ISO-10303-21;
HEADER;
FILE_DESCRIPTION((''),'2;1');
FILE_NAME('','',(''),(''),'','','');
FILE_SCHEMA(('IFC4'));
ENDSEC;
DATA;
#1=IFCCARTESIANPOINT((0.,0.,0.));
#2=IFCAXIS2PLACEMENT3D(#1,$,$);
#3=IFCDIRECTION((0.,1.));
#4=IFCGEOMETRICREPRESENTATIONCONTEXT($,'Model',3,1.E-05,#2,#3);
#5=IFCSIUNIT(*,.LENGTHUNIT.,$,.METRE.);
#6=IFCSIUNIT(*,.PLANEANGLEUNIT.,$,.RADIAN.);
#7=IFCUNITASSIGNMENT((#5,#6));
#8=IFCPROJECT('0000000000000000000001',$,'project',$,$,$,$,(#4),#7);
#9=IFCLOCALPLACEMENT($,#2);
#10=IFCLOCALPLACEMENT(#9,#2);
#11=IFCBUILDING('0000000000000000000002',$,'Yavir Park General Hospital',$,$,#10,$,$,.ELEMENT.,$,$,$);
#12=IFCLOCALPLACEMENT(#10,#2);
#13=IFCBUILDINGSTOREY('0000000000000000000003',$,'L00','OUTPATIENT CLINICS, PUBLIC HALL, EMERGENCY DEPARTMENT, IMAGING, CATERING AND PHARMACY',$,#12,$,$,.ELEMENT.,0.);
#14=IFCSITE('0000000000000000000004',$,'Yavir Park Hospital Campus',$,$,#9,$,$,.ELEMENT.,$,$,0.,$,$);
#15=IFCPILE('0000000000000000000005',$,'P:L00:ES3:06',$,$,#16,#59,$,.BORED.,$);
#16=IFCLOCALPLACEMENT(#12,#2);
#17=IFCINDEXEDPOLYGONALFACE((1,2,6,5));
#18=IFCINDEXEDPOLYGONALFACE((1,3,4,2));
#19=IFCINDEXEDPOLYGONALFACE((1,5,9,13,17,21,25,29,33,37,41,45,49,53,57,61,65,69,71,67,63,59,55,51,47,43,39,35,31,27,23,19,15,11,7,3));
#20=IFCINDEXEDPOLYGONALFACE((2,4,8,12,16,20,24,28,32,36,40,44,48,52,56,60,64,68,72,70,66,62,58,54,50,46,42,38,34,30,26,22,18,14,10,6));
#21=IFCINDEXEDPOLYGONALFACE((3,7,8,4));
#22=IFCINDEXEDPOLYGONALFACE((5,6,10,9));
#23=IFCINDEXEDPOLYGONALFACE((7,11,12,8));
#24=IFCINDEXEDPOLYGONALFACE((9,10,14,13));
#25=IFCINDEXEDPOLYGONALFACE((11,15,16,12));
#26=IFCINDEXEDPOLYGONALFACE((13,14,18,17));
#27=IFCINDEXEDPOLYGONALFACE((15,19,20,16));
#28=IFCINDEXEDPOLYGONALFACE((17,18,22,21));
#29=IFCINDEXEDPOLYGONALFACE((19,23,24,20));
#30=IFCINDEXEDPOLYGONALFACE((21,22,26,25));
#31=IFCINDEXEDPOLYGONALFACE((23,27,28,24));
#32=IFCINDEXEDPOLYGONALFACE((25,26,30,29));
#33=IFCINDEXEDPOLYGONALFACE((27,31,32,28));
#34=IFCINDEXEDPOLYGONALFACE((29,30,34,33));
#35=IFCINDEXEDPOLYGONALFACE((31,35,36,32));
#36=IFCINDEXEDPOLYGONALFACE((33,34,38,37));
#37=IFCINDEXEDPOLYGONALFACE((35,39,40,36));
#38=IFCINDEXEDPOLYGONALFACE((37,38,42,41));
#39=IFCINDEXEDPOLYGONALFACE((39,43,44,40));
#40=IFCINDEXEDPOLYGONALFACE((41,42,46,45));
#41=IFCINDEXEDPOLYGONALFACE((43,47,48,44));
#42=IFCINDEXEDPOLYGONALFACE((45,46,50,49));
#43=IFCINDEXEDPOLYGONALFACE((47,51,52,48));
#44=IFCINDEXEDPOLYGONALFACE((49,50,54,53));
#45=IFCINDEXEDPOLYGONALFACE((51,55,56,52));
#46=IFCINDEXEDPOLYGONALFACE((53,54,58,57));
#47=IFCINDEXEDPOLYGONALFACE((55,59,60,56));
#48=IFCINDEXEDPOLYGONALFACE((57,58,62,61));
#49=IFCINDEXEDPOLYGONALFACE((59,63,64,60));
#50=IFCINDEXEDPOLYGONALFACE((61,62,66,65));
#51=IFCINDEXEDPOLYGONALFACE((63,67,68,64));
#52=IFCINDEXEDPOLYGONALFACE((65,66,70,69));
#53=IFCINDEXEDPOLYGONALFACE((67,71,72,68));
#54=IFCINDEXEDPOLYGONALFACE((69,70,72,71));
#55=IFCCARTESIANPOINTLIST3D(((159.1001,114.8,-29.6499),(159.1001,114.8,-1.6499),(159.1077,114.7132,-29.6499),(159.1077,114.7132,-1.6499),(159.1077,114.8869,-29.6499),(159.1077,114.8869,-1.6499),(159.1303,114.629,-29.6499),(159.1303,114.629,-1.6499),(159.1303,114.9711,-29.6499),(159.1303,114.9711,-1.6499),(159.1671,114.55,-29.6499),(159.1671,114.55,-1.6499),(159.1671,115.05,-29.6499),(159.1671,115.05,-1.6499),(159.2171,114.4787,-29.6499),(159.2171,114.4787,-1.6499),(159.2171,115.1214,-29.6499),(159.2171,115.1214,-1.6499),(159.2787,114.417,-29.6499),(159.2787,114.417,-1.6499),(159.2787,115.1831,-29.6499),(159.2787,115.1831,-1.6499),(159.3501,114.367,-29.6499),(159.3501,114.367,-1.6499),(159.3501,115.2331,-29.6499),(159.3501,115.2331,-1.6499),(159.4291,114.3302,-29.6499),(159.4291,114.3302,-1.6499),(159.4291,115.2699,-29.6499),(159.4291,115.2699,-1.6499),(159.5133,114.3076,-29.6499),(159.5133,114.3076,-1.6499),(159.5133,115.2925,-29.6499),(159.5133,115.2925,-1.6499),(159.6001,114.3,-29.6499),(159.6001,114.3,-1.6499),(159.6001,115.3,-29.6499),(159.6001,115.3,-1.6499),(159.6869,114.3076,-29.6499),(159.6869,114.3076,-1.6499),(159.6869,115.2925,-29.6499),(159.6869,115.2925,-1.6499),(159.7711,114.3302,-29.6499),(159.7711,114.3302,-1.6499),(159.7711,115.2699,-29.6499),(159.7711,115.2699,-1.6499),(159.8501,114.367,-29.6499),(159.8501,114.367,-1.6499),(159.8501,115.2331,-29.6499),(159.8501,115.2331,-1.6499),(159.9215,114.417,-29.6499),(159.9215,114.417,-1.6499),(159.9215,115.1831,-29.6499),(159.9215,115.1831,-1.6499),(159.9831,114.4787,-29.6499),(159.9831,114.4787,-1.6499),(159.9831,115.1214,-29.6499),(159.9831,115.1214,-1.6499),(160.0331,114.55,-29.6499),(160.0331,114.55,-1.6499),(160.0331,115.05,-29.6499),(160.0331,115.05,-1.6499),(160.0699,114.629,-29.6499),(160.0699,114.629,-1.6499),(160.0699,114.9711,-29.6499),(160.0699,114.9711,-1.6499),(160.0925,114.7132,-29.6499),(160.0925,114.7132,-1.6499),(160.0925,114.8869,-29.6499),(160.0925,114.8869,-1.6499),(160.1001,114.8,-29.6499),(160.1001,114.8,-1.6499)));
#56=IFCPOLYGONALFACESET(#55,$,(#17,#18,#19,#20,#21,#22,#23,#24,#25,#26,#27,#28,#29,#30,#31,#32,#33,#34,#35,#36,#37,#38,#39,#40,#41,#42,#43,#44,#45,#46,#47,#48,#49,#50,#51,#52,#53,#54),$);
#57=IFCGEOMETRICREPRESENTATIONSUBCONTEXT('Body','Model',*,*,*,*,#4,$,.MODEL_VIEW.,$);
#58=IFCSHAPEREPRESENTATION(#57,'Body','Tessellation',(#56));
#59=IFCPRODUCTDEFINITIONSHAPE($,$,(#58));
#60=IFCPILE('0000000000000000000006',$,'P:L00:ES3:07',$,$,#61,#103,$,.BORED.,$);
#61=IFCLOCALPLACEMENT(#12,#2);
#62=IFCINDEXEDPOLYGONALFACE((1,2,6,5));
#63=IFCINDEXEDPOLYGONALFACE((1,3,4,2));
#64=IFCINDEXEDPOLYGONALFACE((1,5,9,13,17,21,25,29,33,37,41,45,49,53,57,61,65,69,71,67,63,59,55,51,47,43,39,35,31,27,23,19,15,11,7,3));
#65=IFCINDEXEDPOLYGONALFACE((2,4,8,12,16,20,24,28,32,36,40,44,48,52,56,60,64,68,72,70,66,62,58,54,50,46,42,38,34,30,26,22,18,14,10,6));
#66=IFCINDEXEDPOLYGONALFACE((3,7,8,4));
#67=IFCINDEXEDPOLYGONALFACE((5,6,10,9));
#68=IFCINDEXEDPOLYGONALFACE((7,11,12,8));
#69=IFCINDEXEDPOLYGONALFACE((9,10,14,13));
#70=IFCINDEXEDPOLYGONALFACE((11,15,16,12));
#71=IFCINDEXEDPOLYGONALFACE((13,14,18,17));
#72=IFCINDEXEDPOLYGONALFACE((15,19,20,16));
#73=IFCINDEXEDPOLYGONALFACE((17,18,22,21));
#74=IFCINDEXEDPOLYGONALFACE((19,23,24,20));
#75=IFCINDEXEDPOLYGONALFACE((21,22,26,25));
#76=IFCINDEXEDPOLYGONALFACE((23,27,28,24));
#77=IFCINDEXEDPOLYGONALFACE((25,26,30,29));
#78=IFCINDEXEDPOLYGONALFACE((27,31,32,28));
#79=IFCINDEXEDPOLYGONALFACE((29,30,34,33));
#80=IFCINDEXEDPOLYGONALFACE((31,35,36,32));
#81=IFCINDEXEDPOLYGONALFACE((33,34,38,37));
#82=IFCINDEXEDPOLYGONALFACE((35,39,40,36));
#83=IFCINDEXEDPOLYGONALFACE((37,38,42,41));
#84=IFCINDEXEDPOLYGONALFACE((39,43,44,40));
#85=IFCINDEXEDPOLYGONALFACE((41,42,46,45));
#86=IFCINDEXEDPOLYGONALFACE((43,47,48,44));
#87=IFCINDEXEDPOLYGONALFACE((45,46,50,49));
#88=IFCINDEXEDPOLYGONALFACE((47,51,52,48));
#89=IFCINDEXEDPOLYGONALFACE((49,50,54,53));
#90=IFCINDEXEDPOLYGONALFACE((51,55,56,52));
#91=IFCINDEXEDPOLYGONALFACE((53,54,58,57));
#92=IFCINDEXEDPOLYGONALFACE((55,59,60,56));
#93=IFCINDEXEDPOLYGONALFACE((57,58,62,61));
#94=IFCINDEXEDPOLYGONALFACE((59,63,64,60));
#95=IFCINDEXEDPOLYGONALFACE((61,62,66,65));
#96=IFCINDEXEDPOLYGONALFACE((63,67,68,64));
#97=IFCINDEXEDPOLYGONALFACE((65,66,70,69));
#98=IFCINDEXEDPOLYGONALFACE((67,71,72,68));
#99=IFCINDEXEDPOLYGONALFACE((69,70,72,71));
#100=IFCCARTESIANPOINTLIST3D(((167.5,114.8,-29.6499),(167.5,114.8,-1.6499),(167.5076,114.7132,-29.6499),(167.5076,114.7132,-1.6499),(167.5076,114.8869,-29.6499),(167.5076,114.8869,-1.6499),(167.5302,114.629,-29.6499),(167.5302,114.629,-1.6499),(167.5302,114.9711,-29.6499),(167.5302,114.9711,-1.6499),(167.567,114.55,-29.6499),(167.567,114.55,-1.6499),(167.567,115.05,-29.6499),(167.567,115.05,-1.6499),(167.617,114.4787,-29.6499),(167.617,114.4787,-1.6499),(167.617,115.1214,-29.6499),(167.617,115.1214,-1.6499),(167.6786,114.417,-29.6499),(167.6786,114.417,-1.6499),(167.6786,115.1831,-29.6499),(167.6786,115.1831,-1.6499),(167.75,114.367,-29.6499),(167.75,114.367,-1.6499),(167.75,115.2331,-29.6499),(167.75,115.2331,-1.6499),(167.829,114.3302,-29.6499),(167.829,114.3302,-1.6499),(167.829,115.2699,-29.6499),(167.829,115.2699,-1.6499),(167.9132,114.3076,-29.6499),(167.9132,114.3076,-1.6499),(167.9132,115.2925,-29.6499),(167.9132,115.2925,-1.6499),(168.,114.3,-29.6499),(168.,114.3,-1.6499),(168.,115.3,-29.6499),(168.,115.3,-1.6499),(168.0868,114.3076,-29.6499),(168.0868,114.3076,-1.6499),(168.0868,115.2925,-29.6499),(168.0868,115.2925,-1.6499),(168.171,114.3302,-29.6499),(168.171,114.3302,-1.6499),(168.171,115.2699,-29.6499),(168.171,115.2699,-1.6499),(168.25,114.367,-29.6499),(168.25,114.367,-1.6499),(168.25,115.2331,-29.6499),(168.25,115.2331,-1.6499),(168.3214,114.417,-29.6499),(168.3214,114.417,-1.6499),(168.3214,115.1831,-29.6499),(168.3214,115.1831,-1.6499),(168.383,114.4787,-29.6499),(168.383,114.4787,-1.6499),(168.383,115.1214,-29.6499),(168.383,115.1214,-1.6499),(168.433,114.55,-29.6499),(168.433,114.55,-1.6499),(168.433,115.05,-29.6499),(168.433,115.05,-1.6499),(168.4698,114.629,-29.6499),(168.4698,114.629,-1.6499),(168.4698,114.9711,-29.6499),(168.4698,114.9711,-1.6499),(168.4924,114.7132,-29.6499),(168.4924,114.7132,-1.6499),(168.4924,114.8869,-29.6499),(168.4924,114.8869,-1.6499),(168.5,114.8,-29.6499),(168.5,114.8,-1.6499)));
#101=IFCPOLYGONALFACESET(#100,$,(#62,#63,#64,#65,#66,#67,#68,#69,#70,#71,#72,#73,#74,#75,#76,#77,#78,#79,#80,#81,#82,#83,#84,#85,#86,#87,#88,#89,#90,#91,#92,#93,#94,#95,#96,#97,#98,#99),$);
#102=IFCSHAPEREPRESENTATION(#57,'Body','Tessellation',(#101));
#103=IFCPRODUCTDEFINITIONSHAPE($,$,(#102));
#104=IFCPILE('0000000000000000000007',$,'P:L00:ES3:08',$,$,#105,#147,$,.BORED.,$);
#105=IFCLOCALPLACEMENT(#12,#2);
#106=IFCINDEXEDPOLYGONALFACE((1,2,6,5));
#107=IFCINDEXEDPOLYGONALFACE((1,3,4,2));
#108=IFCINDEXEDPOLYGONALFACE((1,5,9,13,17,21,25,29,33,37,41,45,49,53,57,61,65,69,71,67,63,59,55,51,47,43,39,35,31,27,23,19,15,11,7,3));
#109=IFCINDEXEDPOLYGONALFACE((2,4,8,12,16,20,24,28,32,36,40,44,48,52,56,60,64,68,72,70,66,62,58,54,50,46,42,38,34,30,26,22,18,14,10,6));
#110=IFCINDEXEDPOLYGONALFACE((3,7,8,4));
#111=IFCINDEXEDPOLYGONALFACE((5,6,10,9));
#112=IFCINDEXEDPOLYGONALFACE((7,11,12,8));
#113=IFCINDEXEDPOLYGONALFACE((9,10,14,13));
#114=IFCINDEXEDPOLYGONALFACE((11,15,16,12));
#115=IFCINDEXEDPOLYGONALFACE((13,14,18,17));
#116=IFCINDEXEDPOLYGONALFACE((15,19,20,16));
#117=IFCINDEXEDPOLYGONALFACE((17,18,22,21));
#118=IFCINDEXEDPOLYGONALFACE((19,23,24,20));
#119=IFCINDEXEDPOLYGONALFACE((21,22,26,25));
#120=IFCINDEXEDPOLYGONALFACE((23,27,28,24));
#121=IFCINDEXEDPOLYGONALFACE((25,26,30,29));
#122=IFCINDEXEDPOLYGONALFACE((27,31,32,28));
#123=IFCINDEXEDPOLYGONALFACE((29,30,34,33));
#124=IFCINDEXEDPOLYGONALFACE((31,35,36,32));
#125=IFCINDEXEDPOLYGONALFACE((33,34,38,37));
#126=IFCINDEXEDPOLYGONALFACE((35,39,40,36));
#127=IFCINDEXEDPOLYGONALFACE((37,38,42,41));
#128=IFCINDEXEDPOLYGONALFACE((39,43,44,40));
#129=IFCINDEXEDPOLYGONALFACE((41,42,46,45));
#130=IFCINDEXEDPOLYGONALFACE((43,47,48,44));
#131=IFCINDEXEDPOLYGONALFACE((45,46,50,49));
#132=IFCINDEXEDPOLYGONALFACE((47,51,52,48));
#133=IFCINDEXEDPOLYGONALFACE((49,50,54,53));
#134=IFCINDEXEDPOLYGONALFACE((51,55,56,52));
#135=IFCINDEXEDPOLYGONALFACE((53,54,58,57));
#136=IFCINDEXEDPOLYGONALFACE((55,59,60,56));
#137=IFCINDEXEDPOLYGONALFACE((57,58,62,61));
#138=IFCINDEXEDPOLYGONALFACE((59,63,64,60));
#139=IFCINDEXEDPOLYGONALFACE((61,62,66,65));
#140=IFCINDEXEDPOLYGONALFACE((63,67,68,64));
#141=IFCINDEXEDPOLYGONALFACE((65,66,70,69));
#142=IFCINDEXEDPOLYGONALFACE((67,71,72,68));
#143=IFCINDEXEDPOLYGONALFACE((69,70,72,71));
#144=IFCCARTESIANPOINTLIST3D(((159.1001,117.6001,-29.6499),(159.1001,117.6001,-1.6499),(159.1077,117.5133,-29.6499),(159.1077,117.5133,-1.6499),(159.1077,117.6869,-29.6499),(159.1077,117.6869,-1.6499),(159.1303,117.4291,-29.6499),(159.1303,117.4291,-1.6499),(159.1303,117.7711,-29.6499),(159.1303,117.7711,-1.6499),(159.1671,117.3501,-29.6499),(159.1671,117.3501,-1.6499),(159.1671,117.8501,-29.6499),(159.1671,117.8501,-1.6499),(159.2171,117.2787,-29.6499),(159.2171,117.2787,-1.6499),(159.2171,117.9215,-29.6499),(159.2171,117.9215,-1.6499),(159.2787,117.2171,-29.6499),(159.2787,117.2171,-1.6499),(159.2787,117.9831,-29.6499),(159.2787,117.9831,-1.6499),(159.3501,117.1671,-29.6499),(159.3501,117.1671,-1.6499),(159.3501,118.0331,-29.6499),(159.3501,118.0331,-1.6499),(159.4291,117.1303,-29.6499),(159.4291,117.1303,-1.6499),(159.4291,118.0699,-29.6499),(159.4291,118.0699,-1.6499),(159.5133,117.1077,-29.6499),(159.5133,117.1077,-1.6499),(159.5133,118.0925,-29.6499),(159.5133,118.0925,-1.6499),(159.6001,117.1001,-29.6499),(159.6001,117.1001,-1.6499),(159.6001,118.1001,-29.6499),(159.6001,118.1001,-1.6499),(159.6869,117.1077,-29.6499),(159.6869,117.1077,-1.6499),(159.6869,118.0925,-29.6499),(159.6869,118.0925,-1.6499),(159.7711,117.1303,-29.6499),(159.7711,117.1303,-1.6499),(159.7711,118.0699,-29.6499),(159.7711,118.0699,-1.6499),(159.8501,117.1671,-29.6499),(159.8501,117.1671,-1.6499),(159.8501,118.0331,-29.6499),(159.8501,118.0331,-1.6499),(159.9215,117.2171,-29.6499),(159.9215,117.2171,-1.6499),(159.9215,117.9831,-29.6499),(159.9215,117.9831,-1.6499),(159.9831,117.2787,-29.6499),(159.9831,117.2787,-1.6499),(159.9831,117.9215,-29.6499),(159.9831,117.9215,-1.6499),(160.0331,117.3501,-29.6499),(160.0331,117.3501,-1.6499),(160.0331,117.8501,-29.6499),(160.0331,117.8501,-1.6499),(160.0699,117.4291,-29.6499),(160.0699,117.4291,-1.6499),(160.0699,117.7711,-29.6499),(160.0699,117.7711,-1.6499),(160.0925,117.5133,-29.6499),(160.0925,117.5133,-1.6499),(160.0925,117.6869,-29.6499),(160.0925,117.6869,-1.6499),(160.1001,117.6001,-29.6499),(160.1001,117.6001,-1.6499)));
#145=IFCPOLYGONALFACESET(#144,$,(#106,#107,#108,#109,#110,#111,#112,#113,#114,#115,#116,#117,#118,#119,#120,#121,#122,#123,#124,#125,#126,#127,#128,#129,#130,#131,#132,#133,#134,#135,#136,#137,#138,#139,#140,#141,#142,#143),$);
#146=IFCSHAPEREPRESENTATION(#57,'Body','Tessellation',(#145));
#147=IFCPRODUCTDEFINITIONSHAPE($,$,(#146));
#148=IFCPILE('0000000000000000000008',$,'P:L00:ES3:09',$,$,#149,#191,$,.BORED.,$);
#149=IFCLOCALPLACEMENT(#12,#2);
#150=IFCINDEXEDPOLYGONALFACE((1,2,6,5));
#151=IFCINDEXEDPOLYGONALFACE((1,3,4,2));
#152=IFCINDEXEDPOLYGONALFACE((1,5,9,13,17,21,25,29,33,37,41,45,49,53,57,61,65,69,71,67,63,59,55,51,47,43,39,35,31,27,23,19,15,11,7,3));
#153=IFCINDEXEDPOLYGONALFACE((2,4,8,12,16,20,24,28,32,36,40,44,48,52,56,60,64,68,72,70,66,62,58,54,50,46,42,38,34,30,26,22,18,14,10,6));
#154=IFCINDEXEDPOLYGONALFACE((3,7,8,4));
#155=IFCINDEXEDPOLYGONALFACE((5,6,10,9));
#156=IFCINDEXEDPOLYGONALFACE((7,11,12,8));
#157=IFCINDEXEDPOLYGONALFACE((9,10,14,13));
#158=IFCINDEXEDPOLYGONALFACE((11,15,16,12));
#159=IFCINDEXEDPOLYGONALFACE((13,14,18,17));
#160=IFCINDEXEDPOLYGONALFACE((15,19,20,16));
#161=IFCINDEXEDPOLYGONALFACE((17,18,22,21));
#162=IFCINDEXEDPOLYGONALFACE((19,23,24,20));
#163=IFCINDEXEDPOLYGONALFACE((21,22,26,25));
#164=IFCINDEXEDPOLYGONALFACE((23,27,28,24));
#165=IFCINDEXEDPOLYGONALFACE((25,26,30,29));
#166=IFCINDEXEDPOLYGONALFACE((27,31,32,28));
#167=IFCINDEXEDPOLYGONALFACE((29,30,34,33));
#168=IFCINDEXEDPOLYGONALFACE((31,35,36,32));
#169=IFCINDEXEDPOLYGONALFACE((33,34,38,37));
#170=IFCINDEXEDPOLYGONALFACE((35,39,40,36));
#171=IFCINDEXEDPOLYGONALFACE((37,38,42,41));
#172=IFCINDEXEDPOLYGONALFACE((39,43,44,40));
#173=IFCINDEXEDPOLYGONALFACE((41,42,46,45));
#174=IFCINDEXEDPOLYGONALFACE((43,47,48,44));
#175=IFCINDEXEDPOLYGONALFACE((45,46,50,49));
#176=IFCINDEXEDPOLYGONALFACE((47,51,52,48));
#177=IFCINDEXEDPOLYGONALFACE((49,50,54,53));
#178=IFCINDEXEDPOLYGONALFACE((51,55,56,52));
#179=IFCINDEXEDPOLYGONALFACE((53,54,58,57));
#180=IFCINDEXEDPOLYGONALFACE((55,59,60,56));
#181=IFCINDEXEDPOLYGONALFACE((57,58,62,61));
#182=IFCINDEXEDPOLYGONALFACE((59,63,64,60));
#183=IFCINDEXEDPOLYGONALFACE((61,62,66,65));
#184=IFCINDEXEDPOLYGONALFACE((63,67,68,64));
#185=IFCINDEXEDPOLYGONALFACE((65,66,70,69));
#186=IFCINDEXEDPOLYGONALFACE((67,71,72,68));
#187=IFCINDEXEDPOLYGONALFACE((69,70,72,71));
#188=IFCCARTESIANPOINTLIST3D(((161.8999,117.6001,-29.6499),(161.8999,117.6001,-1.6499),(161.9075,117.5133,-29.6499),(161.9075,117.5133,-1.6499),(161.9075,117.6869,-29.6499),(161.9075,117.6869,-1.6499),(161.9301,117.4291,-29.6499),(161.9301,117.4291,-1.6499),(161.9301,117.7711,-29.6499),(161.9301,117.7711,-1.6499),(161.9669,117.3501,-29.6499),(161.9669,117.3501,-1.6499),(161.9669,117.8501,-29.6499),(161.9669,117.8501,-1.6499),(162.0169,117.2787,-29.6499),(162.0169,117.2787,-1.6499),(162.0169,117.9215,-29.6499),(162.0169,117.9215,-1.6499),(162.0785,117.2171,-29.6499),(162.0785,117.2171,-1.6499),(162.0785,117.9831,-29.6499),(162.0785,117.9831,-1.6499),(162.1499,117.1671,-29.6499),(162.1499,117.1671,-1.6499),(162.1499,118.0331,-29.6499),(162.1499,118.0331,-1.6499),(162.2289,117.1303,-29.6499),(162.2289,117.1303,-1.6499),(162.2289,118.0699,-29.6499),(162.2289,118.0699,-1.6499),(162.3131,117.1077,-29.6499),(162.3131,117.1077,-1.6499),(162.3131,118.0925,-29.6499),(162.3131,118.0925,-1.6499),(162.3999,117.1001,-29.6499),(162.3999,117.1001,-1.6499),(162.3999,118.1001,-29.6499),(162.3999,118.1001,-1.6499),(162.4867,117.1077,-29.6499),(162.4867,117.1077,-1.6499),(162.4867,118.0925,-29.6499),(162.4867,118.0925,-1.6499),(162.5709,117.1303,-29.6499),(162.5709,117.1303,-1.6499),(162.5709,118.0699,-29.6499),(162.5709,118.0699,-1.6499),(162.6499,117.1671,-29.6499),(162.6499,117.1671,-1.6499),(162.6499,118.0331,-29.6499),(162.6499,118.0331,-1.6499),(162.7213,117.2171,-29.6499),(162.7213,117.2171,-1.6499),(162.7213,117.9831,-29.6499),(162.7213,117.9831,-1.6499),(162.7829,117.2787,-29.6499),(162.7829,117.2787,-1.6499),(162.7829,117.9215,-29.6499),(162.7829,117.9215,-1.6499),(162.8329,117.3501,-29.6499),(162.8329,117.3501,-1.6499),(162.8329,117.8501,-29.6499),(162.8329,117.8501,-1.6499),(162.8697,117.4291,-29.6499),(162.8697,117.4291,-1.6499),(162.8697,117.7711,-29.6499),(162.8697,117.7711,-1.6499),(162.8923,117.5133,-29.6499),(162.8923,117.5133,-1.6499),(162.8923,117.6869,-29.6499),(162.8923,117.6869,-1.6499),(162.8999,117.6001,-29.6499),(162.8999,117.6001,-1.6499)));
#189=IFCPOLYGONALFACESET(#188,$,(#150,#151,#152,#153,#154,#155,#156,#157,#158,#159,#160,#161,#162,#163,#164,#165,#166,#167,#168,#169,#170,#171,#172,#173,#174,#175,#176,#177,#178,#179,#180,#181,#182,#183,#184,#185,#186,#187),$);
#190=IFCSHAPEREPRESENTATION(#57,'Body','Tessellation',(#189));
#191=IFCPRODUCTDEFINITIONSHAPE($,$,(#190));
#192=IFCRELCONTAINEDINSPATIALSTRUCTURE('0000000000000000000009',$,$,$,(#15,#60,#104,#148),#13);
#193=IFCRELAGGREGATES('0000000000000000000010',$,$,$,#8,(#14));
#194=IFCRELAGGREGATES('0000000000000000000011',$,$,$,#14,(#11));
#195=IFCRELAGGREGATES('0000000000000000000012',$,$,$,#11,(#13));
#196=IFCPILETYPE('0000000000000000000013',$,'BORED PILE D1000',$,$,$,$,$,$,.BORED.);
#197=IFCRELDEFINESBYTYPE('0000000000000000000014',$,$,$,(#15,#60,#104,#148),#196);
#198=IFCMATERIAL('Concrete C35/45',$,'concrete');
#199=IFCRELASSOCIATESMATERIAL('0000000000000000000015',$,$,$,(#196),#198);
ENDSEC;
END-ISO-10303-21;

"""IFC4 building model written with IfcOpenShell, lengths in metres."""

from ifc_helpers import new_model, si_unit, direction, frame, origin, origin_2d, place, context, subcontext, project, spatial, circle, extrude, material, material_profile, profile_set, type_object, element, save


model = new_model("IFC4")

# Units and contexts
model_context = context("Model", 3, precision=1e-05, world=origin(), true_north=direction((0.0, 1.0)))
body_context = subcontext(model_context, "Body", "Model", "MODEL_VIEW")
ifc_project = project(units=[si_unit("LENGTHUNIT", "METRE"), si_unit("PLANEANGLEUNIT", "RADIAN")], contexts=[model_context])

# Site, building, storey
site_placement = place(None, origin())
site = spatial("IfcSite", under=ifc_project, at=site_placement, Name="Yavir Park Hospital Campus", CompositionType="ELEMENT", RefElevation=0.0)
building_placement = place(site_placement, origin())
building = spatial("IfcBuilding", under=site, at=building_placement, Name="Yavir Park General Hospital", CompositionType="ELEMENT")
storey_placement = place(building_placement, origin())
storey = spatial("IfcBuildingStorey", under=building, at=storey_placement, Name="L00", Description="OUTPATIENT CLINICS, PUBLIC HALL, EMERGENCY DEPARTMENT, IMAGING, CATERING AND PHARMACY", CompositionType="ELEMENT", Elevation=0.0)

# Piles
ifc_material_1 = material(Name="Concrete C35/45", Category="concrete")
ifc_material_profile_1 = material_profile(ifc_material_1, circle(Radius=0.5, at=origin_2d()), Name="D1000")
ifc_profile_set_1 = profile_set([ifc_material_profile_1], Name="Concrete C35/45")
pile_type = type_object("IfcPileType", Name="BORED PILE D1000", PredefinedType="BORED", material=ifc_profile_set_1)
for number, where, z_axis, x_axis, name in (
    (1, (159.6001, 114.8, -1.6499), (0.0, 0.0, -1.0), (1.0, 0.0, 0.0), "P:L00:ES3:06"),
    (2, (168.0, 114.8, -1.6499), (0.0, 0.0, -1.0), (1.0, 0.0, 0.0), "P:L00:ES3:07"),
    (3, (159.6001, 117.6001, -1.6499), (0.0, 0.0, -1.0), (1.0, 0.0, 0.0), "P:L00:ES3:08"),
    (4, (162.3999, 117.6001, -1.6499), (0.0, 0.0, -1.0), (1.0, 0.0, 0.0), "P:L00:ES3:09"),
):
    element("IfcPile", number, at=place(storey_placement, frame(where, z_axis=z_axis, x_axis=x_axis)), inside=storey, type_object=pile_type, Name=name, PredefinedType="BORED", context=body_context, shape_type="SweptSolid", body=[
        extrude(circle(Radius=0.5, at=origin_2d()), origin(), (0.0, 0.0, 1.0), 28.0),
    ])

save(model, "model.ifc")
